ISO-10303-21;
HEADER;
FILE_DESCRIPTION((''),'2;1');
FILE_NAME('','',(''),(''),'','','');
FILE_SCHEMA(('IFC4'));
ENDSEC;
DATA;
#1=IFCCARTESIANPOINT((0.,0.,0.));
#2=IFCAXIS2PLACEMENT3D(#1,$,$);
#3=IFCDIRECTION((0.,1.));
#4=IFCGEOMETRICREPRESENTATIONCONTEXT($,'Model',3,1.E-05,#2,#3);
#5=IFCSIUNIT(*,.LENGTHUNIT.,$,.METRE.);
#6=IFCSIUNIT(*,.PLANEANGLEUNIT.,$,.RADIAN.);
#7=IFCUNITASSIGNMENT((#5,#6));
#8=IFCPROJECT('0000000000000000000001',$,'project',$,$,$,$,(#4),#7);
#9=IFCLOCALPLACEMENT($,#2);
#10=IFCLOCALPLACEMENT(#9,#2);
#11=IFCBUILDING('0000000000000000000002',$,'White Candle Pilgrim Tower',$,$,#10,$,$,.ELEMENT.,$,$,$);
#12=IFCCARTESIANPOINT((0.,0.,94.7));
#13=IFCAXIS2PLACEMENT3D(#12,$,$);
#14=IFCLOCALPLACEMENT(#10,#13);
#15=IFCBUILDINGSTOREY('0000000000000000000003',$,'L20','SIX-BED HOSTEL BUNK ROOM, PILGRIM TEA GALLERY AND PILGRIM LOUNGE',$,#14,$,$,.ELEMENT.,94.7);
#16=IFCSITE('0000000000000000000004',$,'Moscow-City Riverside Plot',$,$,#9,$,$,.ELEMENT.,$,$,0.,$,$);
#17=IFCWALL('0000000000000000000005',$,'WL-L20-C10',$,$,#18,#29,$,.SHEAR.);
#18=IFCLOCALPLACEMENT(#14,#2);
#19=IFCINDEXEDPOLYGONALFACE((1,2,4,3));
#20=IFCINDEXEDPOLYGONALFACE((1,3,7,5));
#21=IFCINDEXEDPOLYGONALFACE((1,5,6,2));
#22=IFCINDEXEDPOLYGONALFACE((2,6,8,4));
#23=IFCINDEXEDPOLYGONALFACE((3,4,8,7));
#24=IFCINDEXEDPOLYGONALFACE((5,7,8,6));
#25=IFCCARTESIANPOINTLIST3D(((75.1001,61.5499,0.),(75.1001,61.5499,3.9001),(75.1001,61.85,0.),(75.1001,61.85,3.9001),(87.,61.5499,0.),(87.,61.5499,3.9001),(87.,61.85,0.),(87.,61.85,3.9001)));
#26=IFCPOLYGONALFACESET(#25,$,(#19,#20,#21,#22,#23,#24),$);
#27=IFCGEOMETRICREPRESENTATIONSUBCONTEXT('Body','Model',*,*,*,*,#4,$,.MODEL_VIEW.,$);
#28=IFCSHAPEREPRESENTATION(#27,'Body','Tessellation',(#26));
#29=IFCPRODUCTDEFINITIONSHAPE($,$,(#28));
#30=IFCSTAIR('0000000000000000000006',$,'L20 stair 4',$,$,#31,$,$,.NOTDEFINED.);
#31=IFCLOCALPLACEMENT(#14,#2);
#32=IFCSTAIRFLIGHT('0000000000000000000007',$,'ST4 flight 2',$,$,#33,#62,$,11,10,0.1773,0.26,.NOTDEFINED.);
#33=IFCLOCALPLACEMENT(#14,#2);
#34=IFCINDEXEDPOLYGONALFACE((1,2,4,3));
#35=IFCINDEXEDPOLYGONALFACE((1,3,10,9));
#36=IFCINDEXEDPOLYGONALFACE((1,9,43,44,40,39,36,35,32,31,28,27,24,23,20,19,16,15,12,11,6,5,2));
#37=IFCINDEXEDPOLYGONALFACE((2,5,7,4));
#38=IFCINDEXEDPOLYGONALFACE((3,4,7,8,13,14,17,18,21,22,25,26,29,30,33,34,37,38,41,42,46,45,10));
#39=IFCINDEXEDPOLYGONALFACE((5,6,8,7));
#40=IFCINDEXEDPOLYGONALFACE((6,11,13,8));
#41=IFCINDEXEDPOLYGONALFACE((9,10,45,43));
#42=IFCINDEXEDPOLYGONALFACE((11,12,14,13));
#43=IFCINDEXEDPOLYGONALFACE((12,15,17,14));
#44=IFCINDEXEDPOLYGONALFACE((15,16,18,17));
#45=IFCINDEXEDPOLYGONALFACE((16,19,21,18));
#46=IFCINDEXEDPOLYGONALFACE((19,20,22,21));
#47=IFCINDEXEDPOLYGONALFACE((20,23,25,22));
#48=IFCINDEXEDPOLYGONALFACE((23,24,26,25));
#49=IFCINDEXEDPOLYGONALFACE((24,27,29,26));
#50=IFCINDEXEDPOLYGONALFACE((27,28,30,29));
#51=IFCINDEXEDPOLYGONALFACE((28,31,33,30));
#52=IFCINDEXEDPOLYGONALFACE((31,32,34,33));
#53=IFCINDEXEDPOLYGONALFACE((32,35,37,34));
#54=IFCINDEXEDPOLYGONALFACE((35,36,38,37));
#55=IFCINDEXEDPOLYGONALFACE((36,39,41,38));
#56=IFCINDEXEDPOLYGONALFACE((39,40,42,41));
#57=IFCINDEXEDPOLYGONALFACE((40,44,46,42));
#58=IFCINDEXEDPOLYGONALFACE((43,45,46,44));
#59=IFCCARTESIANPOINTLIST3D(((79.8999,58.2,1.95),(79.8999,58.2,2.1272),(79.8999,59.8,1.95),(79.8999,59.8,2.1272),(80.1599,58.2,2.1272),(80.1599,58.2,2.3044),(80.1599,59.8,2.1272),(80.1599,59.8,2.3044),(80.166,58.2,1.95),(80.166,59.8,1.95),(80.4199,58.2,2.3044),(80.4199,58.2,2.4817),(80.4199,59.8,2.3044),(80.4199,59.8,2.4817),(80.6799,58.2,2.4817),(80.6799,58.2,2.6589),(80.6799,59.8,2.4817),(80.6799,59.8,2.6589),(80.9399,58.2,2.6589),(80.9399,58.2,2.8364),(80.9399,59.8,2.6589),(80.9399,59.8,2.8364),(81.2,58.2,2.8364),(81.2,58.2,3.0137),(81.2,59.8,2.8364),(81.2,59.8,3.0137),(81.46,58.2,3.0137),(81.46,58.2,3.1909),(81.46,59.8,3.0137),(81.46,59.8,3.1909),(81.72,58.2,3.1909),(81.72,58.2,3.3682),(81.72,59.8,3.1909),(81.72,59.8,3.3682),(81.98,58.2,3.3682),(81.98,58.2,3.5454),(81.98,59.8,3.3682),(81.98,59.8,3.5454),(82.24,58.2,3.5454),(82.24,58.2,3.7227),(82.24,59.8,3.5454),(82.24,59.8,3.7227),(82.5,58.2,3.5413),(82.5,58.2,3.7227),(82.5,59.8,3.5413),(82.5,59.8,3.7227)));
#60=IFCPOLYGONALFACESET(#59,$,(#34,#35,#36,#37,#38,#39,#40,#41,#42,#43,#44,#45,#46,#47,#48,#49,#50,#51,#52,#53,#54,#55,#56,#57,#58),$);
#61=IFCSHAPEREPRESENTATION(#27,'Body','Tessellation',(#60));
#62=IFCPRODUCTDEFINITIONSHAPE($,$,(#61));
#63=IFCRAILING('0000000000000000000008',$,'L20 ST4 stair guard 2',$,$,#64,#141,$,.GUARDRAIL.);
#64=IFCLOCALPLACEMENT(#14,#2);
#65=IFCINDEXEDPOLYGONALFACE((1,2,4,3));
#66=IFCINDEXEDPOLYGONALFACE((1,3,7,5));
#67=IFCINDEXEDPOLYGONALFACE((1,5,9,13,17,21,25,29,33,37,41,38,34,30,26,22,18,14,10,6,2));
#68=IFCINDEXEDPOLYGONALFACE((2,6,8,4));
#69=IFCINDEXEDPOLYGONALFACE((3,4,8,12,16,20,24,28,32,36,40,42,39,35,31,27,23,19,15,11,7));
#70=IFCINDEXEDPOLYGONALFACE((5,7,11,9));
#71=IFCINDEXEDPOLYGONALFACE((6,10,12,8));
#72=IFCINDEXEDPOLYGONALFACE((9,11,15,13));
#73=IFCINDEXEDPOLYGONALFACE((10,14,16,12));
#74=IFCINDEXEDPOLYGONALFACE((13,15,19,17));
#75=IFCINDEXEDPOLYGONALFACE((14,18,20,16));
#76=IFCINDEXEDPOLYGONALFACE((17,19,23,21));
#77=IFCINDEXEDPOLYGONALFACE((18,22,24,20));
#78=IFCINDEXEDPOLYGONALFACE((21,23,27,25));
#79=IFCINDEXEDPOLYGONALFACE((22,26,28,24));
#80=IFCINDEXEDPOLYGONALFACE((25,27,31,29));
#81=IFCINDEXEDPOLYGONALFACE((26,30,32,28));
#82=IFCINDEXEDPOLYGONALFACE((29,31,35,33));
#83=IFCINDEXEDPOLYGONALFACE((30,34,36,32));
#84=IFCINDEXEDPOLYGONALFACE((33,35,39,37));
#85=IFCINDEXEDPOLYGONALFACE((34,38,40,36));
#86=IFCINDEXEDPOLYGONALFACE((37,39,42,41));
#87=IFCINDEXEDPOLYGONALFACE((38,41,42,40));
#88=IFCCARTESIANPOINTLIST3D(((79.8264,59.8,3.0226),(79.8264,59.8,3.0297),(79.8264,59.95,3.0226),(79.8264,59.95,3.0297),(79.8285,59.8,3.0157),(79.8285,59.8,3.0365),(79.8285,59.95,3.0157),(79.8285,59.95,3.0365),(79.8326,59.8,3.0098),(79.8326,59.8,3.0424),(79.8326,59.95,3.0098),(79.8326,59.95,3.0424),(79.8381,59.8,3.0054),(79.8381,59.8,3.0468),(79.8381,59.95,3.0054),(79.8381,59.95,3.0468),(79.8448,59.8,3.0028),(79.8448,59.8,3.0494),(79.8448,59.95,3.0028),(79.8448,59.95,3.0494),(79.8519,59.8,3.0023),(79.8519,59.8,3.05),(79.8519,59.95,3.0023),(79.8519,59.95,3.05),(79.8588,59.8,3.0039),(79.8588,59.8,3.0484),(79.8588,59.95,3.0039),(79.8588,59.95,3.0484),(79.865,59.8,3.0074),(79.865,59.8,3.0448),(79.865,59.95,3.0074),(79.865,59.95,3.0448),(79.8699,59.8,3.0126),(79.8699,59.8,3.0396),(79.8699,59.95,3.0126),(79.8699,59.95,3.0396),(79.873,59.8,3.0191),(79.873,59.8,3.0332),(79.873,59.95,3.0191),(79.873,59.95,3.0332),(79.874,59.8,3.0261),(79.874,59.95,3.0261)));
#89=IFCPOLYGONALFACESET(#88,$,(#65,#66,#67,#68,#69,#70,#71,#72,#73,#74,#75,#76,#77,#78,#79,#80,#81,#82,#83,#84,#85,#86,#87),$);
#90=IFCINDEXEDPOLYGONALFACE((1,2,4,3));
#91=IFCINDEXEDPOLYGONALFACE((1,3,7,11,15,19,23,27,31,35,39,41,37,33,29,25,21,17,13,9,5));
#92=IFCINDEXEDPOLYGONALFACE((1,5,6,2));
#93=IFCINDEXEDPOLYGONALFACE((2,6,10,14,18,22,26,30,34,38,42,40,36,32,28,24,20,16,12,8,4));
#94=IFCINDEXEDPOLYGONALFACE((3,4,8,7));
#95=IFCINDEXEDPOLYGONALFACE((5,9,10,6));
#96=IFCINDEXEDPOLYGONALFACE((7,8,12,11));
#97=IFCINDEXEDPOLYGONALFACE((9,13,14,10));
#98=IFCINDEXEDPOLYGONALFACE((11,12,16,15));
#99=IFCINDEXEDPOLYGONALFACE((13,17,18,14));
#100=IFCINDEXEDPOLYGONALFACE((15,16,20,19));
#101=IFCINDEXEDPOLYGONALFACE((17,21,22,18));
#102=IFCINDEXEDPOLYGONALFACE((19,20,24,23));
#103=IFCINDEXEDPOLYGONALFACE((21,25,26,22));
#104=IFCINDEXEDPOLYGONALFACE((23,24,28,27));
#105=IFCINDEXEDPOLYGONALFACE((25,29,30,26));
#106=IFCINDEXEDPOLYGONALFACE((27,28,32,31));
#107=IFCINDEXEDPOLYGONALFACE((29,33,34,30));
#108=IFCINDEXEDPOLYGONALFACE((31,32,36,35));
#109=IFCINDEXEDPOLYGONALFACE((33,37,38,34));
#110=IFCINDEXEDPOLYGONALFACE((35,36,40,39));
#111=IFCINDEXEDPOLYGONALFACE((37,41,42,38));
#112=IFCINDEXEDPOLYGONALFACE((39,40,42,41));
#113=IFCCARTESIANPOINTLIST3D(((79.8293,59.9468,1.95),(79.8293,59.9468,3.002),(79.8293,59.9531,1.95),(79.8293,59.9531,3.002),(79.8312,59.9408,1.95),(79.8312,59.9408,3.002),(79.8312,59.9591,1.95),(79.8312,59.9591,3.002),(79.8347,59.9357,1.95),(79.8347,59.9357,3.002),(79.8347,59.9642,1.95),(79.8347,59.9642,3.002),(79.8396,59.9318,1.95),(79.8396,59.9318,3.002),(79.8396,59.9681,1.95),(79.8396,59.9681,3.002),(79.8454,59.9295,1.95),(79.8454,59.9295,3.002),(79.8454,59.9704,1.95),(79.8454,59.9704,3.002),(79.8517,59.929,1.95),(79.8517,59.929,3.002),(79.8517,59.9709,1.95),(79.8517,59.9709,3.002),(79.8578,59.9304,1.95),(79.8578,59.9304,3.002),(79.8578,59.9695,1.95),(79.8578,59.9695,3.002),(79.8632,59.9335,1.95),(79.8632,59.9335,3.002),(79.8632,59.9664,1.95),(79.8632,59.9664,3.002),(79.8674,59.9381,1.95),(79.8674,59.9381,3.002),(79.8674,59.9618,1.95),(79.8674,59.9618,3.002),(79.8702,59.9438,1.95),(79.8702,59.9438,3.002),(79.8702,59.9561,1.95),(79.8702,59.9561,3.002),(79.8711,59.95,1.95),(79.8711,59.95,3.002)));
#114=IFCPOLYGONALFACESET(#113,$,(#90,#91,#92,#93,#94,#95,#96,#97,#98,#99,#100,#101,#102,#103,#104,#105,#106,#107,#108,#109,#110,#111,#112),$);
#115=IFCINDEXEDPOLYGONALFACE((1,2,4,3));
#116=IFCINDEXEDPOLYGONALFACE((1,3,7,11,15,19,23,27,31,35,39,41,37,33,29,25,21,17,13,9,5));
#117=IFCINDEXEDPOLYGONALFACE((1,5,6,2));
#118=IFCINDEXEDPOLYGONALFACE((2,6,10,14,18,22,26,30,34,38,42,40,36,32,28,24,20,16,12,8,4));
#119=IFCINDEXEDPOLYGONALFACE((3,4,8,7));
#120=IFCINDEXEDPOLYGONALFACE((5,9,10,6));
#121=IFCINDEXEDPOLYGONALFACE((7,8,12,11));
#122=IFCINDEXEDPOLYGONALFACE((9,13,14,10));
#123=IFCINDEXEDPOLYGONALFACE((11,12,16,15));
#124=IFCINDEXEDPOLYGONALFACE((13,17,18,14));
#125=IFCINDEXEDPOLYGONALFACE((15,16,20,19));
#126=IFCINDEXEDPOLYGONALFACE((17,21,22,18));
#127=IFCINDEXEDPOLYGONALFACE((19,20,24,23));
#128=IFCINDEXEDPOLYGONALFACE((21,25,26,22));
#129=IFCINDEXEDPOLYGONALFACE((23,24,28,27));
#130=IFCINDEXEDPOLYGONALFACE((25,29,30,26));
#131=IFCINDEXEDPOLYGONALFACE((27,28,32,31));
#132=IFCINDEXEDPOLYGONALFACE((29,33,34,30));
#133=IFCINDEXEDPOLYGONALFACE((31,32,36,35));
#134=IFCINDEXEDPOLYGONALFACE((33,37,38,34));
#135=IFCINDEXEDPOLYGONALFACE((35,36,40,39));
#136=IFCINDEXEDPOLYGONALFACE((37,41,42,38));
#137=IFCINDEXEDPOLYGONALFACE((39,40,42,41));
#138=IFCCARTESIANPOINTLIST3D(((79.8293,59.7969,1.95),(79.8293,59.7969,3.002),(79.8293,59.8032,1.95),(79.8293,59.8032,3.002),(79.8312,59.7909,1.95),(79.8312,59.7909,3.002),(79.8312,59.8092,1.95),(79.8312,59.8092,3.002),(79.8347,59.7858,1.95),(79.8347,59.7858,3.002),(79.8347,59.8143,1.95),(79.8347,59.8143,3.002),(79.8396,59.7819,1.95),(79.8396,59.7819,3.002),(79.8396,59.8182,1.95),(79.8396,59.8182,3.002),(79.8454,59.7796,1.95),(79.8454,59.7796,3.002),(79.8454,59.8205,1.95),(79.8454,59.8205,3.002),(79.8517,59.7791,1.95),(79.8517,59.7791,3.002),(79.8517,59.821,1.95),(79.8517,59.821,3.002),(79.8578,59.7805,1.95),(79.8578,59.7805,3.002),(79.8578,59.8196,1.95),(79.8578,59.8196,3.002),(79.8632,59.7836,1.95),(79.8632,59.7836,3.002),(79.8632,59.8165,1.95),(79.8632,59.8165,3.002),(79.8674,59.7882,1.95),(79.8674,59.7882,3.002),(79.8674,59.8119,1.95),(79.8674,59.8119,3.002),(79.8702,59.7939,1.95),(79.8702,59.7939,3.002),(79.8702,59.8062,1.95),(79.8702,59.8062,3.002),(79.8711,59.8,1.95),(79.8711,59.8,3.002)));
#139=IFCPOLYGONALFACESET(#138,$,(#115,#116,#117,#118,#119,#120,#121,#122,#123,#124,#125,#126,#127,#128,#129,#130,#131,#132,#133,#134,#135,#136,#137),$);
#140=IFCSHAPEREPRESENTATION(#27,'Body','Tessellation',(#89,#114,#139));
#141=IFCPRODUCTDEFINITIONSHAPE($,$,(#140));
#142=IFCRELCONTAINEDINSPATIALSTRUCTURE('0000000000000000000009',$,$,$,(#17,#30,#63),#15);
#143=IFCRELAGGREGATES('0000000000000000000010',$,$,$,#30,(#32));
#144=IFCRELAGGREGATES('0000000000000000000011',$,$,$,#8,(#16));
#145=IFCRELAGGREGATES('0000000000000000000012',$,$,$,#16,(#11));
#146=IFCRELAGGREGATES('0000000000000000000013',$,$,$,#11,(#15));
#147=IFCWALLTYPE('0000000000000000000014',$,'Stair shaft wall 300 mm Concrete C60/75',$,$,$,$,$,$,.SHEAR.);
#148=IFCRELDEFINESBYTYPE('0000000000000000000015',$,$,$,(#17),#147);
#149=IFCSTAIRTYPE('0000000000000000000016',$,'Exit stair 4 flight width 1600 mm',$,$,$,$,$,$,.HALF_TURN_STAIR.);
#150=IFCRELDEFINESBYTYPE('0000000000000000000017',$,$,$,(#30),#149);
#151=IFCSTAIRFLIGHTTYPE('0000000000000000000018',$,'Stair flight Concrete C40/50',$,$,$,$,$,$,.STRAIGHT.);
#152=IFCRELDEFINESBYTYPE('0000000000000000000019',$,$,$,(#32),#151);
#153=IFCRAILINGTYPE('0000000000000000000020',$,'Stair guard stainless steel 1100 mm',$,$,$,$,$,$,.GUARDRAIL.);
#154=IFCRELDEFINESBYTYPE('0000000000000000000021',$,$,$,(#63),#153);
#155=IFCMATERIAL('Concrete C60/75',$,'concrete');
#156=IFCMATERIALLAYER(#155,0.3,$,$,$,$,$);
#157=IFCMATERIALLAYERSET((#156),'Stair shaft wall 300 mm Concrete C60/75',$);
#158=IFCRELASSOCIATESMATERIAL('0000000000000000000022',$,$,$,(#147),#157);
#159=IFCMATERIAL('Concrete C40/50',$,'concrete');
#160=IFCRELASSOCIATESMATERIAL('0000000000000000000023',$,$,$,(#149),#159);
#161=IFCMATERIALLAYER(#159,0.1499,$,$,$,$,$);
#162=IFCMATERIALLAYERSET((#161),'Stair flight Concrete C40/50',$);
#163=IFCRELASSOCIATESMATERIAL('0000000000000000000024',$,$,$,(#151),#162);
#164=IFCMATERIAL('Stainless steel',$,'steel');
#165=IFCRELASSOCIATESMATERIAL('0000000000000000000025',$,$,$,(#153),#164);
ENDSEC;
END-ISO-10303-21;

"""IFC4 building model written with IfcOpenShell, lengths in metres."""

from ifc_helpers import new_model, si_unit, direction, frame, frame_2d, origin, origin_2d, place, context, subcontext, project, spatial, polyline, rectangle, circle, outline, extrude, material, layer, layer_set, type_object, element, aggregate, save


model = new_model("IFC4")

# Units and contexts
model_context = context("Model", 3, precision=1e-05, world=origin(), true_north=direction((0.0, 1.0)))
body_context = subcontext(model_context, "Body", "Model", "MODEL_VIEW")
ifc_project = project(units=[si_unit("LENGTHUNIT", "METRE"), si_unit("PLANEANGLEUNIT", "RADIAN")], contexts=[model_context])

# Site, building, storey
site_placement = place(None, origin())
site = spatial("IfcSite", under=ifc_project, at=site_placement, Name="Moscow-City Riverside Plot", CompositionType="ELEMENT", RefElevation=0.0)
building_placement = place(site_placement, origin())
building = spatial("IfcBuilding", under=site, at=building_placement, Name="White Candle Pilgrim Tower", CompositionType="ELEMENT")
storey_placement = place(building_placement, frame((0.0, 0.0, 94.7)))
storey = spatial("IfcBuildingStorey", under=building, at=storey_placement, Name="L20", Description="SIX-BED HOSTEL BUNK ROOM, PILGRIM TEA GALLERY AND PILGRIM LOUNGE", CompositionType="ELEMENT", Elevation=94.7)

# Shared definitions
ifc_material_1 = material(Name="Concrete C60/75", Category="concrete")
ifc_layer_1 = layer(ifc_material_1, 0.3)
ifc_layer_set_1 = layer_set([ifc_layer_1], Name="Stair shaft wall 300 mm Concrete C60/75")
wall_type_1 = type_object("IfcWallType", Name="Stair shaft wall 300 mm Concrete C60/75", PredefinedType="SHEAR", material=ifc_layer_set_1)

# Wall
wall_1_placement = place(storey_placement, frame((75.1001, 61.7, 0.0), z_axis=(0.0, 0.0, 1.0), x_axis=(1.0, 0.0, 0.0)))
element("IfcWall", 1, at=wall_1_placement, inside=storey, type_object=wall_type_1, Name="WL-L20-C10", PredefinedType="SHEAR", context=body_context, shape_type="SweptSolid", body=[
    extrude(rectangle(XDim=11.8999, YDim=0.3, at=frame_2d((5.95, 0.0))), origin(), (0.0, 0.0, 1.0), 3.9001),
])

# Stair, stair flight
ifc_material_2 = material(Name="Concrete C40/50", Category="concrete")
stair_type = type_object("IfcStairType", Name="Exit stair 4 flight width 1600 mm", PredefinedType="HALF_TURN_STAIR", material=ifc_material_2)
stair_placement = place(storey_placement, origin())
stair = element("IfcStair", 2, at=stair_placement, inside=storey, type_object=stair_type, Name="L20 stair 4", PredefinedType="NOTDEFINED")
ifc_layer_2 = layer(ifc_material_2, 0.1499)
ifc_layer_set_2 = layer_set([ifc_layer_2], Name="Stair flight Concrete C40/50")
stair_flight_type = type_object("IfcStairFlightType", Name="Stair flight Concrete C40/50", PredefinedType="STRAIGHT", material=ifc_layer_set_2)
stair_flight_placement = place(storey_placement, frame((79.8999, 59.0, 1.95), z_axis=(0.0, 0.0, 1.0), x_axis=(1.0, 0.0, 0.0)))
stair_flight = element("IfcStairFlight", 3, at=stair_flight_placement, type_object=stair_flight_type, Name="ST4 flight 2", NumberOfRisers=11, NumberOfTreads=10, PredefinedType="NOTDEFINED", RiserHeight=0.1773, TreadLength=0.26, context=body_context, shape_type="SweptSolid", body=[
    extrude(outline(polyline([(0.0, 0.0), (0.0, 0.1772), (0.26, 0.1772), (0.26, 0.3545), (0.52, 0.3545), (0.52, 0.5317), (0.78, 0.5317), (0.78, 0.709), (1.04, 0.709), (1.04, 0.8865), (1.3, 0.8865), (1.3, 1.0637), (1.5601, 1.0637), (1.5601, 1.241), (1.8201, 1.241), (1.8201, 1.4182), (2.0801, 1.4182), (2.0801, 1.5955), (2.3401, 1.5955), (2.3401, 1.7727), (2.6001, 1.7727), (2.6001, 1.95), (2.6001, 1.5913), (0.2661, 0.0), (0.0, 0.0)])), frame((0.0, 0.8, 0.0), z_axis=(0.0, -1.0, 0.0), x_axis=(1.0, 0.0, 0.0)), (0.0, 0.0, 1.0), 1.6001),
])
aggregate(stair, [stair_flight])

# Railing
ifc_material_3 = material(Name="Stainless steel", Category="steel")
railing_type_1 = type_object("IfcRailingType", Name="Stair guard stainless steel 1100 mm", PredefinedType="GUARDRAIL", material=ifc_material_3)
railing_1_placement = place(storey_placement, frame((79.8501, 59.95, 1.95)))
element("IfcRailing", 4, at=railing_1_placement, inside=storey, type_object=railing_type_1, Name="L20 ST4 stair guard 2", PredefinedType="GUARDRAIL", context=body_context, shape_type="SweptSolid", body=[
    extrude(circle(Radius=0.0239, at=origin_2d()), frame((0.0, 0.0, 1.0762), z_axis=(0.0, -1.0, 0.0), x_axis=(1.0, 0.0, 0.0)), (0.0, 0.0, 1.0), 0.1499),
    extrude(circle(Radius=0.021, at=origin_2d()), origin(), (0.0, 0.0, 1.0), 1.052),
    extrude(circle(Radius=0.021, at=origin_2d()), frame((0.0, -0.1499, 0.0)), (0.0, 0.0, 1.0), 1.052),
])

save(model, "model.ifc")
